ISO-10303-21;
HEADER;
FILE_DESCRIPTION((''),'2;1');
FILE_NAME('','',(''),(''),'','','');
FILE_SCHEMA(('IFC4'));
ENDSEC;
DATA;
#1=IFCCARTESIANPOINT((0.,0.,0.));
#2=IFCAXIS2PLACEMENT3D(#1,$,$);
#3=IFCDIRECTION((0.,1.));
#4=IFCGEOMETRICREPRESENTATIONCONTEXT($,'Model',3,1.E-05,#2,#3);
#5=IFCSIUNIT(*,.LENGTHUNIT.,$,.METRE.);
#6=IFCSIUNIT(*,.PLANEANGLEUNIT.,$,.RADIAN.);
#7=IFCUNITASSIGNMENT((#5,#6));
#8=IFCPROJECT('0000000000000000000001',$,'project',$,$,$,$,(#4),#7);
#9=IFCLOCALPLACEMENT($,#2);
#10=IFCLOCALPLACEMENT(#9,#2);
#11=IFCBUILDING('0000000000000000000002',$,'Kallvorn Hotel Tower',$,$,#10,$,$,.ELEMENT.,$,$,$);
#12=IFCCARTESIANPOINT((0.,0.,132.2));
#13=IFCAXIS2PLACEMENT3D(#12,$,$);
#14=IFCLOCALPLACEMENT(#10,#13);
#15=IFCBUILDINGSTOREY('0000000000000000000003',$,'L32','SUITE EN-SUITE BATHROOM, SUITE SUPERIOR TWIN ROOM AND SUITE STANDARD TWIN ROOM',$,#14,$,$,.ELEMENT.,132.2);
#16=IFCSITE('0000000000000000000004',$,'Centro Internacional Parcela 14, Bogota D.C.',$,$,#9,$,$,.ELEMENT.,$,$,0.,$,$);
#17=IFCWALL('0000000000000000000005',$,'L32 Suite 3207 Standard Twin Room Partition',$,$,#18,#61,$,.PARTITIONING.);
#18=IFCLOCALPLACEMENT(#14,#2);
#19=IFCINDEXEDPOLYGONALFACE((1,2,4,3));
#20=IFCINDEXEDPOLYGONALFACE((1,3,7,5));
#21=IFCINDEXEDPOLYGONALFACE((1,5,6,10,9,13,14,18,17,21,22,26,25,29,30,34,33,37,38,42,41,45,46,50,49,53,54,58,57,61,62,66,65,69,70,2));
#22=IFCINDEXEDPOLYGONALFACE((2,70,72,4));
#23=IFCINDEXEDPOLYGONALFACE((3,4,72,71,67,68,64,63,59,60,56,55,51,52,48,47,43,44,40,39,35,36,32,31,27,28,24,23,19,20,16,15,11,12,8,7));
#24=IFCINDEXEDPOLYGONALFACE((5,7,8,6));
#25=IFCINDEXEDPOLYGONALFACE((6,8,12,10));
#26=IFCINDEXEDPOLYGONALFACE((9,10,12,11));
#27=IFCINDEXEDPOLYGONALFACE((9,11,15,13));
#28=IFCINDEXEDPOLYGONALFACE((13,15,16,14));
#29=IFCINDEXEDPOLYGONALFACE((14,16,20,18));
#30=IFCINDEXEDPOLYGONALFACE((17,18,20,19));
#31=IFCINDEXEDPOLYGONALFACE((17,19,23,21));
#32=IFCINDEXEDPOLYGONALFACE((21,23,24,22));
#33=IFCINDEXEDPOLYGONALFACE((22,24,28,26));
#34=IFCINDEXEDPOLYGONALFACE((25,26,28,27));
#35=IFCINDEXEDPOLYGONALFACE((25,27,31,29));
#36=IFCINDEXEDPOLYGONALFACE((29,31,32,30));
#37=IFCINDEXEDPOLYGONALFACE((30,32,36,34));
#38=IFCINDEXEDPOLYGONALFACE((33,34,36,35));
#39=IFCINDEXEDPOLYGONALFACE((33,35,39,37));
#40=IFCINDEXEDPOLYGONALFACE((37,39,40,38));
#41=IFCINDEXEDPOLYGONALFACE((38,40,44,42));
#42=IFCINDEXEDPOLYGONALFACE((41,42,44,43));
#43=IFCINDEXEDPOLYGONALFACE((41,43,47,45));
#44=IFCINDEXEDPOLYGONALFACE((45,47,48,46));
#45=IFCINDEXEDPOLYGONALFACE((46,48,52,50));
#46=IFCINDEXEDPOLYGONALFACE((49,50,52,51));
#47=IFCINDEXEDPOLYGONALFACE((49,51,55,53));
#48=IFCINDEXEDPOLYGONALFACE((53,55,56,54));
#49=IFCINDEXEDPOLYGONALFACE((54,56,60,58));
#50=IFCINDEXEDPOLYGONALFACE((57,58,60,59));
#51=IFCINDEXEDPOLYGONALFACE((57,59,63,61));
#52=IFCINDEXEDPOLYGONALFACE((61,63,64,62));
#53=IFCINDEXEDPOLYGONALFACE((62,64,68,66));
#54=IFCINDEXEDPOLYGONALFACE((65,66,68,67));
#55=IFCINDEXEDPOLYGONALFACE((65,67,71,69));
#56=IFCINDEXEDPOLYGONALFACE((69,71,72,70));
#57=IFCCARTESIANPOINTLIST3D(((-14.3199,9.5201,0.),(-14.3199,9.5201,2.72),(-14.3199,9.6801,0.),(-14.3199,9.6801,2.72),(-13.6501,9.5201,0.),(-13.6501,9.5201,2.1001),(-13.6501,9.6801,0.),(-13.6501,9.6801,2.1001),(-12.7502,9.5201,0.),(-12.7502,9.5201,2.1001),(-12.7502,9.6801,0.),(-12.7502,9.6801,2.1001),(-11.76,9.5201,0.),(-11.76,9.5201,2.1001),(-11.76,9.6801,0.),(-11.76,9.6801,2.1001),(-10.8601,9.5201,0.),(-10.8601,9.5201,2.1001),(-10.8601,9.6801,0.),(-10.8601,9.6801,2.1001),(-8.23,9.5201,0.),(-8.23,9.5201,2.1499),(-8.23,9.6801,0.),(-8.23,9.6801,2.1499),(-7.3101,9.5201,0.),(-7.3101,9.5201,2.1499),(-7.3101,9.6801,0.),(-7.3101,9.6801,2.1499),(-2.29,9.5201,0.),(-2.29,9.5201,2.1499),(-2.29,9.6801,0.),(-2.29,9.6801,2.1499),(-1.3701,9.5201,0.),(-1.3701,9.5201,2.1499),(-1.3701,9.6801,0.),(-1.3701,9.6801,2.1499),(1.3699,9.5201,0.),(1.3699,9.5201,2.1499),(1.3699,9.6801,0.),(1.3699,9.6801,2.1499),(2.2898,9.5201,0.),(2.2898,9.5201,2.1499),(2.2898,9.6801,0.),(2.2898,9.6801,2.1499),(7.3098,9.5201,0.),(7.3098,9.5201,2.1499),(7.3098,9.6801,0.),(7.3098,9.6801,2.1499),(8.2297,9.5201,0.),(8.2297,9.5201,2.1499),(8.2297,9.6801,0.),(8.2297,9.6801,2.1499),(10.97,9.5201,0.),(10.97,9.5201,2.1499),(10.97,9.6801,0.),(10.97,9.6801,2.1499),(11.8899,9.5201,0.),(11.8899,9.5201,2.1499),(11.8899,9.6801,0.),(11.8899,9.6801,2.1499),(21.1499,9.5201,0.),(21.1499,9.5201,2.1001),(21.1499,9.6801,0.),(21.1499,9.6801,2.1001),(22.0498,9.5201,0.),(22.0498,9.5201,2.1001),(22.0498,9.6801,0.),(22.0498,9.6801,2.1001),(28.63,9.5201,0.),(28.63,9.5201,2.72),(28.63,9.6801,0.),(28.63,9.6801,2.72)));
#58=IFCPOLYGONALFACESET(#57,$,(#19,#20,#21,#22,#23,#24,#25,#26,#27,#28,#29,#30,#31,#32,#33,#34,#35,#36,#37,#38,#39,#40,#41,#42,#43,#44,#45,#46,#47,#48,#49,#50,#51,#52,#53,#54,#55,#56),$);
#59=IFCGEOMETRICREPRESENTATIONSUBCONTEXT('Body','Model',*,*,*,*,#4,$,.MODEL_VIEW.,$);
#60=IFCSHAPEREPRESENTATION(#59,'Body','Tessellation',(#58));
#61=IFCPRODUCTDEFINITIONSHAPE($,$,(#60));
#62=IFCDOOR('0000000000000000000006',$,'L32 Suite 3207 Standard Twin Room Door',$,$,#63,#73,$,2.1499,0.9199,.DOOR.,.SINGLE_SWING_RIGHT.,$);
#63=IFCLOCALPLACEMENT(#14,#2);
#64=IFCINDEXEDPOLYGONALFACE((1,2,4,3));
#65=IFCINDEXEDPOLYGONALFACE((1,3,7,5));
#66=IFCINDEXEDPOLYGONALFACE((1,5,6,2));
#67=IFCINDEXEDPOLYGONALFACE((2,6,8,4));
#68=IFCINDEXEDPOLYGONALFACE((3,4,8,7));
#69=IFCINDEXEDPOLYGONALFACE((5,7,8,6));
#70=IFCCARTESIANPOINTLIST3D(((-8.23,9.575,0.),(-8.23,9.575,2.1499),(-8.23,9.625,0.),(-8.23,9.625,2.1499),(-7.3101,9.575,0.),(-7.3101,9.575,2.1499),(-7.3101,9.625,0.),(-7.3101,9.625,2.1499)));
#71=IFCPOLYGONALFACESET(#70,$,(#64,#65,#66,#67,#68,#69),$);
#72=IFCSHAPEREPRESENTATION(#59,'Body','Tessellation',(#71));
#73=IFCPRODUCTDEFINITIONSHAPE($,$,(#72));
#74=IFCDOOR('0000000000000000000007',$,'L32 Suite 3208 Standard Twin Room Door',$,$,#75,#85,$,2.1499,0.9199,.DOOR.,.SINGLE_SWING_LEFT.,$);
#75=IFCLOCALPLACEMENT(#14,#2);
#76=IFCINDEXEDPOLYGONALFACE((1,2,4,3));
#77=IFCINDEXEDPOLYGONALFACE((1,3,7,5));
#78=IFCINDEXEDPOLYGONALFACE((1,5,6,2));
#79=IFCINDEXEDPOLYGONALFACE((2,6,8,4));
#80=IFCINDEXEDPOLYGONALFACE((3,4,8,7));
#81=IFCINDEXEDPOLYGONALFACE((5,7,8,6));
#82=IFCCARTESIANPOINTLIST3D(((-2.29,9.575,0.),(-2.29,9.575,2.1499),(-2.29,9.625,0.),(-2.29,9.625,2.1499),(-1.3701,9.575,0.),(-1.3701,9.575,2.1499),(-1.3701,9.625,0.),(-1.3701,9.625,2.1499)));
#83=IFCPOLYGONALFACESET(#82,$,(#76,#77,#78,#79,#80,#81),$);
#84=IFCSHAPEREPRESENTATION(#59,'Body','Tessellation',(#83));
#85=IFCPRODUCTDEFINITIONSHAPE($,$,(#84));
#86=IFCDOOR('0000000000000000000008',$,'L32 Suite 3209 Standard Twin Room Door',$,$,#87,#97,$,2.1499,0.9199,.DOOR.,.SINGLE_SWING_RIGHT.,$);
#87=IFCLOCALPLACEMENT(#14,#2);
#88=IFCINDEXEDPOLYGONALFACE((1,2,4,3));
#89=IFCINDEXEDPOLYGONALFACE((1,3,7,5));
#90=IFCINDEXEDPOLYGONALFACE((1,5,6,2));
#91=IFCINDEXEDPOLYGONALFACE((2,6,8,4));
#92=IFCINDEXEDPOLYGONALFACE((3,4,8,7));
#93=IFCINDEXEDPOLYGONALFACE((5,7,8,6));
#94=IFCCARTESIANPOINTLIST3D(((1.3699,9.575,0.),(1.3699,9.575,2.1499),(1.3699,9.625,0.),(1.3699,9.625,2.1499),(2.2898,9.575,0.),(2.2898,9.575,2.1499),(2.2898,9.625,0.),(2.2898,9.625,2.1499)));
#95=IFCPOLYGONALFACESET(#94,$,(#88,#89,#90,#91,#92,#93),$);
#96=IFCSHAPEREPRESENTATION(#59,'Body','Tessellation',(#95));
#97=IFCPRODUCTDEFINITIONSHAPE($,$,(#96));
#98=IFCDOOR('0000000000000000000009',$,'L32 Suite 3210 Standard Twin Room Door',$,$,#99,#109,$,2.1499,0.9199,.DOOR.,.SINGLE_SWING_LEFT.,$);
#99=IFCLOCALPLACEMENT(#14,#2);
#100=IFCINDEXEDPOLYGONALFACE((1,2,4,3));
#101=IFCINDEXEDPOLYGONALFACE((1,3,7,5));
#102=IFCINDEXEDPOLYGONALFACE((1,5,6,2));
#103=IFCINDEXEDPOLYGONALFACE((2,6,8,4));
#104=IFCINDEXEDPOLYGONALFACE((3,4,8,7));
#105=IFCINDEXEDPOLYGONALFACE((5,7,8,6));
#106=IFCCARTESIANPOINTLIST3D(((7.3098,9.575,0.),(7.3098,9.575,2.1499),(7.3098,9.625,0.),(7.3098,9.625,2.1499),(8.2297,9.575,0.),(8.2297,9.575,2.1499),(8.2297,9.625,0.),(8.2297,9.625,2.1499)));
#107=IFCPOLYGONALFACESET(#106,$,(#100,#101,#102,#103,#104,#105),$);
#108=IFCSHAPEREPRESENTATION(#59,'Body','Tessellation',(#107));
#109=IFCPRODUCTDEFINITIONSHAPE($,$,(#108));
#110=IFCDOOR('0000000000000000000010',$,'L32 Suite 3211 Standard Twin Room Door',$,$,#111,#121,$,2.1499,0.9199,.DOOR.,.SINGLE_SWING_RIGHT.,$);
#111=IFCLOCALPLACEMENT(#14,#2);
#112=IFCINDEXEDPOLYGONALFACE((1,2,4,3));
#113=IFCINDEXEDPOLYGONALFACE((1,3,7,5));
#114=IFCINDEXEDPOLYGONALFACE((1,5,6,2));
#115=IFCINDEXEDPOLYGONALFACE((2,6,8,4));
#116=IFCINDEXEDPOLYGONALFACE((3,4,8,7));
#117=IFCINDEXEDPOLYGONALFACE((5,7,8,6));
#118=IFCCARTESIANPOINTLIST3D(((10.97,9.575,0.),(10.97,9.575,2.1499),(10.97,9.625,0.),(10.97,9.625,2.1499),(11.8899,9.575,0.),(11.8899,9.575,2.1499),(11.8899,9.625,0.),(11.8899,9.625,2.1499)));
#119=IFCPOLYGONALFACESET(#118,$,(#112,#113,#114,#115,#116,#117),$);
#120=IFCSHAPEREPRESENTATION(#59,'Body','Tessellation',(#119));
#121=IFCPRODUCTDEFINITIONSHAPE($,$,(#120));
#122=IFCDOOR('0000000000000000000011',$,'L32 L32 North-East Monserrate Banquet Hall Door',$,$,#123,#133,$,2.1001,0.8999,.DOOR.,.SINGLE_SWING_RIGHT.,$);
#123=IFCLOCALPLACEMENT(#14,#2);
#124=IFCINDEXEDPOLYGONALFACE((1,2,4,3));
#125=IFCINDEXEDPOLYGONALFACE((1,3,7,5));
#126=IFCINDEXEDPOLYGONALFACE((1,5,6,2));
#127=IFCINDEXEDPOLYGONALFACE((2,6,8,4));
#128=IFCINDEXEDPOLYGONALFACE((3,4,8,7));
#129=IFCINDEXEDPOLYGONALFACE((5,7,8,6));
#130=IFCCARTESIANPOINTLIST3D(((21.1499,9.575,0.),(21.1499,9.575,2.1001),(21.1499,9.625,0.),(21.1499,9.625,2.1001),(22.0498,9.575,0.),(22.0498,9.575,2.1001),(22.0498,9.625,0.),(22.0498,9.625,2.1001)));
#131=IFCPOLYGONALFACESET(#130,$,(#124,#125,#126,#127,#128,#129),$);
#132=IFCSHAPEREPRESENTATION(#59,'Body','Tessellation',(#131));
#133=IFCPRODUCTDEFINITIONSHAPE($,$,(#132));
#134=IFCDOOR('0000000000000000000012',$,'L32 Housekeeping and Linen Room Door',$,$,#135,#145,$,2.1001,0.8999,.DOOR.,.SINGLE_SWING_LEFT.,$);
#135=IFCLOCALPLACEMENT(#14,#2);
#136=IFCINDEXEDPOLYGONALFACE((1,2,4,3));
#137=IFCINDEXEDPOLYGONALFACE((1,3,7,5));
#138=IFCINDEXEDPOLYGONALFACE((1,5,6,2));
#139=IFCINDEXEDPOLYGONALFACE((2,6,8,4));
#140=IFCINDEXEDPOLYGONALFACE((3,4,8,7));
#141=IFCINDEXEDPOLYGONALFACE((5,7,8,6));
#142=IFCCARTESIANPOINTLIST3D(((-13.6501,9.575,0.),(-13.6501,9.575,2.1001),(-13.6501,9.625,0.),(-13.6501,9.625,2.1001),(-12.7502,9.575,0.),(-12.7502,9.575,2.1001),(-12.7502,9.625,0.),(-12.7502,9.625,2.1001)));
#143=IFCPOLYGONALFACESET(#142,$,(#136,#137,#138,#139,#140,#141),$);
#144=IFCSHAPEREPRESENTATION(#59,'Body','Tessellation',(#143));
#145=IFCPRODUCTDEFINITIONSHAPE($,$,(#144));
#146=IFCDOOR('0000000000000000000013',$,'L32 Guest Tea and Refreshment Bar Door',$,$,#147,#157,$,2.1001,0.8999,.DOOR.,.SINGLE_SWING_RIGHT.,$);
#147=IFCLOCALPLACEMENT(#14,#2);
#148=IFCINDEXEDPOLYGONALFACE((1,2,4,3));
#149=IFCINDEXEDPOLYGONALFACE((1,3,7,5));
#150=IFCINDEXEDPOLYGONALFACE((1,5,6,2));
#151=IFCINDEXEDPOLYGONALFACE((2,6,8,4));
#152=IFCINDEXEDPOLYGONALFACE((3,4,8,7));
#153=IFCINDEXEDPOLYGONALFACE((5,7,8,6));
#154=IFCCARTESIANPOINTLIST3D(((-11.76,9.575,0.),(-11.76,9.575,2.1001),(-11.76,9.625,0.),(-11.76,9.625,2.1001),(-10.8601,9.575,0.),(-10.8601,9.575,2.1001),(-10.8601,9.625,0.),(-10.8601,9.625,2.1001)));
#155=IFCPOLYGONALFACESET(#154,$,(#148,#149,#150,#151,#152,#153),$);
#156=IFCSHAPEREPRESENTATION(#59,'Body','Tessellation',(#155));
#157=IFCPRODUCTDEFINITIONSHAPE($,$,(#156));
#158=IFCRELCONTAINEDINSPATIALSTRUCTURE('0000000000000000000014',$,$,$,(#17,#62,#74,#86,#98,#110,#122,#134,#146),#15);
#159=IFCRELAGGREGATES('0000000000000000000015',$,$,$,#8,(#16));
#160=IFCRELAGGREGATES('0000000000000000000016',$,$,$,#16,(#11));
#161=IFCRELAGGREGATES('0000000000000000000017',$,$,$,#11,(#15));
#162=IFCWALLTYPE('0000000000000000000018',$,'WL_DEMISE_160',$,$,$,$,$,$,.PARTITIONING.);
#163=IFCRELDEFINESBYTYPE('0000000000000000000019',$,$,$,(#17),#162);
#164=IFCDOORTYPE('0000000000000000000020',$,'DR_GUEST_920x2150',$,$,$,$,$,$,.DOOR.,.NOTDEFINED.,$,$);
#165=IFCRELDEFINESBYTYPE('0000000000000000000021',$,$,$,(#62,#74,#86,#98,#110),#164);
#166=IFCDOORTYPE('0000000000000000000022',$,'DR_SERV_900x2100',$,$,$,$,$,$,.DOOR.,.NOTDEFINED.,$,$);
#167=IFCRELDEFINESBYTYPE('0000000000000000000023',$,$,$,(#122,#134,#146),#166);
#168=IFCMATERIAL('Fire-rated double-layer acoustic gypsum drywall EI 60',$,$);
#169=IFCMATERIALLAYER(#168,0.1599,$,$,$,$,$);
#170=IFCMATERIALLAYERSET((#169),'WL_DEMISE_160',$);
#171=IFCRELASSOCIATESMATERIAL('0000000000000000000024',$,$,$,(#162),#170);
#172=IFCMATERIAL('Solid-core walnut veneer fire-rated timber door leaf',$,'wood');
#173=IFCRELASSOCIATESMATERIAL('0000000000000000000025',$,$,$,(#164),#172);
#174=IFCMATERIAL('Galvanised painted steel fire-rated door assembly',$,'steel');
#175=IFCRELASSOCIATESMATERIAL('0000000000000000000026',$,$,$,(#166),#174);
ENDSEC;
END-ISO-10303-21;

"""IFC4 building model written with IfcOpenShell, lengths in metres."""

from ifc_helpers import new_model, si_unit, direction, frame, frame_2d, origin, place, context, subcontext, project, spatial, rectangle, extrude, material, layer, layer_set, type_object, element, fill, save


model = new_model("IFC4")

# Units and contexts
model_context = context("Model", 3, precision=1e-05, world=origin(), true_north=direction((0.0, 1.0)))
body_context = subcontext(model_context, "Body", "Model", "MODEL_VIEW")
ifc_project = project(units=[si_unit("LENGTHUNIT", "METRE"), si_unit("PLANEANGLEUNIT", "RADIAN")], contexts=[model_context])

# Site, building, storey
site_placement = place(None, origin())
site = spatial("IfcSite", under=ifc_project, at=site_placement, Name="Centro Internacional Parcela 14, Bogota D.C.", CompositionType="ELEMENT", RefElevation=0.0)
building_placement = place(site_placement, origin())
building = spatial("IfcBuilding", under=site, at=building_placement, Name="Kallvorn Hotel Tower", CompositionType="ELEMENT")
storey_placement = place(building_placement, frame((0.0, 0.0, 132.2)))
storey = spatial("IfcBuildingStorey", under=building, at=storey_placement, Name="L32", Description="SUITE EN-SUITE BATHROOM, SUITE SUPERIOR TWIN ROOM AND SUITE STANDARD TWIN ROOM", CompositionType="ELEMENT", Elevation=132.2)

# Wall, openings, doors
ifc_material_1 = material(Name="Fire-rated double-layer acoustic gypsum drywall EI 60")
ifc_layer_1 = layer(ifc_material_1, 0.1599)
ifc_layer_set_1 = layer_set([ifc_layer_1], Name="WL_DEMISE_160")
wall_type_1 = type_object("IfcWallType", Name="WL_DEMISE_160", PredefinedType="PARTITIONING", material=ifc_layer_set_1)
wall_1_placement = place(storey_placement, frame((-14.3201, 9.6001, 0.0), z_axis=(0.0, 0.0, 1.0), x_axis=(1.0, 0.0, 0.0)))
wall_1 = element("IfcWall", 1, at=wall_1_placement, inside=storey, type_object=wall_type_1, Name="L32 Suite 3207 Standard Twin Room Partition", PredefinedType="PARTITIONING", context=body_context, shape_type="SweptSolid", body=[
    extrude(rectangle(XDim=42.95, YDim=0.1599, at=frame_2d((21.4751, 0.0))), origin(), (0.0, 0.0, 1.0), 2.72),
])
opening_1_placement = place(wall_1_placement, frame((35.47, 0.0, 0.0)))
opening_1 = element("IfcOpeningElement", 2, at=opening_1_placement, cuts=wall_1, PredefinedType="OPENING", context=body_context, shape_type="SweptSolid", body=[
    extrude(rectangle(XDim=0.8999, YDim=2.1001, at=frame_2d((0.45, 1.05))), frame((0.0, 0.095, 0.0), z_axis=(0.0, -1.0, 0.0), x_axis=(1.0, 0.0, 0.0)), (0.0, 0.0, 1.0), 0.1899),
])
opening_2_placement = place(wall_1_placement, frame((0.6699, 0.0, 0.0)))
opening_2 = element("IfcOpeningElement", 3, at=opening_2_placement, cuts=wall_1, PredefinedType="OPENING", context=body_context, shape_type="SweptSolid", body=[
    extrude(rectangle(XDim=0.8999, YDim=2.1001, at=frame_2d((0.45, 1.05))), frame((0.0, 0.095, 0.0), z_axis=(0.0, -1.0, 0.0), x_axis=(1.0, 0.0, 0.0)), (0.0, 0.0, 1.0), 0.1899),
])
opening_3_placement = place(wall_1_placement, frame((2.5601, 0.0, 0.0)))
opening_3 = element("IfcOpeningElement", 4, at=opening_3_placement, cuts=wall_1, PredefinedType="OPENING", context=body_context, shape_type="SweptSolid", body=[
    extrude(rectangle(XDim=0.8999, YDim=2.1001, at=frame_2d((0.45, 1.05))), frame((0.0, 0.095, 0.0), z_axis=(0.0, -1.0, 0.0), x_axis=(1.0, 0.0, 0.0)), (0.0, 0.0, 1.0), 0.1899),
])
opening_4_placement = place(wall_1_placement, frame((6.0901, 0.0, 0.0)))
opening_4 = element("IfcOpeningElement", 5, at=opening_4_placement, cuts=wall_1, PredefinedType="OPENING", context=body_context, shape_type="SweptSolid", body=[
    extrude(rectangle(XDim=0.9199, YDim=2.1499, at=frame_2d((0.46, 1.075))), frame((0.0, 0.095, 0.0), z_axis=(0.0, -1.0, 0.0), x_axis=(1.0, 0.0, 0.0)), (0.0, 0.0, 1.0), 0.1899),
])
opening_5_placement = place(wall_1_placement, frame((12.03, 0.0, 0.0)))
opening_5 = element("IfcOpeningElement", 6, at=opening_5_placement, cuts=wall_1, PredefinedType="OPENING", context=body_context, shape_type="SweptSolid", body=[
    extrude(rectangle(XDim=0.9199, YDim=2.1499, at=frame_2d((0.46, 1.075))), frame((0.0, 0.095, 0.0), z_axis=(0.0, -1.0, 0.0), x_axis=(1.0, 0.0, 0.0)), (0.0, 0.0, 1.0), 0.1899),
])
opening_6_placement = place(wall_1_placement, frame((15.6899, 0.0, 0.0)))
opening_6 = element("IfcOpeningElement", 7, at=opening_6_placement, cuts=wall_1, PredefinedType="OPENING", context=body_context, shape_type="SweptSolid", body=[
    extrude(rectangle(XDim=0.9199, YDim=2.1499, at=frame_2d((0.46, 1.075))), frame((0.0, 0.095, 0.0), z_axis=(0.0, -1.0, 0.0), x_axis=(1.0, 0.0, 0.0)), (0.0, 0.0, 1.0), 0.1899),
])
opening_7_placement = place(wall_1_placement, frame((21.6299, 0.0, 0.0)))
opening_7 = element("IfcOpeningElement", 8, at=opening_7_placement, cuts=wall_1, PredefinedType="OPENING", context=body_context, shape_type="SweptSolid", body=[
    extrude(rectangle(XDim=0.9199, YDim=2.1499, at=frame_2d((0.46, 1.075))), frame((0.0, 0.095, 0.0), z_axis=(0.0, -1.0, 0.0), x_axis=(1.0, 0.0, 0.0)), (0.0, 0.0, 1.0), 0.1899),
])
opening_8_placement = place(wall_1_placement, frame((25.29, 0.0, 0.0)))
opening_8 = element("IfcOpeningElement", 9, at=opening_8_placement, cuts=wall_1, PredefinedType="OPENING", context=body_context, shape_type="SweptSolid", body=[
    extrude(rectangle(XDim=0.9199, YDim=2.1499, at=frame_2d((0.46, 1.075))), frame((0.0, 0.095, 0.0), z_axis=(0.0, -1.0, 0.0), x_axis=(1.0, 0.0, 0.0)), (0.0, 0.0, 1.0), 0.1899),
])
ifc_material_2 = material(Name="Solid-core walnut veneer fire-rated timber door leaf", Category="wood")
door_type_1 = type_object("IfcDoorType", Name="DR_GUEST_920x2150", OperationType="NOTDEFINED", PredefinedType="DOOR", material=ifc_material_2)
door_1_placement = place(opening_4_placement, origin())
door_1 = element("IfcDoor", 10, at=door_1_placement, inside=storey, type_object=door_type_1, Name="L32 Suite 3207 Standard Twin Room Door", OperationType="SINGLE_SWING_RIGHT", OverallHeight=2.1499, OverallWidth=0.9199, PredefinedType="DOOR", context=body_context, shape_type="SweptSolid", body=[
    extrude(rectangle(XDim=0.9199, YDim=2.1499, at=frame_2d((0.46, 1.075))), frame((0.0, 0.0249, 0.0), z_axis=(0.0, -1.0, 0.0), x_axis=(1.0, 0.0, 0.0)), (0.0, 0.0, 1.0), 0.05),
])
fill(opening_4, door_1)
door_2_placement = place(opening_5_placement, origin())
door_2 = element("IfcDoor", 11, at=door_2_placement, inside=storey, type_object=door_type_1, Name="L32 Suite 3208 Standard Twin Room Door", OperationType="SINGLE_SWING_LEFT", OverallHeight=2.1499, OverallWidth=0.9199, PredefinedType="DOOR", context=body_context, shape_type="SweptSolid", body=[
    extrude(rectangle(XDim=0.9199, YDim=2.1499, at=frame_2d((0.46, 1.075))), frame((0.0, 0.0249, 0.0), z_axis=(0.0, -1.0, 0.0), x_axis=(1.0, 0.0, 0.0)), (0.0, 0.0, 1.0), 0.05),
])
fill(opening_5, door_2)
door_3_placement = place(opening_6_placement, origin())
door_3 = element("IfcDoor", 12, at=door_3_placement, inside=storey, type_object=door_type_1, Name="L32 Suite 3209 Standard Twin Room Door", OperationType="SINGLE_SWING_RIGHT", OverallHeight=2.1499, OverallWidth=0.9199, PredefinedType="DOOR", context=body_context, shape_type="SweptSolid", body=[
    extrude(rectangle(XDim=0.9199, YDim=2.1499, at=frame_2d((0.46, 1.075))), frame((0.0, 0.0249, 0.0), z_axis=(0.0, -1.0, 0.0), x_axis=(1.0, 0.0, 0.0)), (0.0, 0.0, 1.0), 0.05),
])
fill(opening_6, door_3)
door_4_placement = place(opening_7_placement, origin())
door_4 = element("IfcDoor", 13, at=door_4_placement, inside=storey, type_object=door_type_1, Name="L32 Suite 3210 Standard Twin Room Door", OperationType="SINGLE_SWING_LEFT", OverallHeight=2.1499, OverallWidth=0.9199, PredefinedType="DOOR", context=body_context, shape_type="SweptSolid", body=[
    extrude(rectangle(XDim=0.9199, YDim=2.1499, at=frame_2d((0.46, 1.075))), frame((0.0, 0.0249, 0.0), z_axis=(0.0, -1.0, 0.0), x_axis=(1.0, 0.0, 0.0)), (0.0, 0.0, 1.0), 0.05),
])
fill(opening_7, door_4)
door_5_placement = place(opening_8_placement, origin())
door_5 = element("IfcDoor", 14, at=door_5_placement, inside=storey, type_object=door_type_1, Name="L32 Suite 3211 Standard Twin Room Door", OperationType="SINGLE_SWING_RIGHT", OverallHeight=2.1499, OverallWidth=0.9199, PredefinedType="DOOR", context=body_context, shape_type="SweptSolid", body=[
    extrude(rectangle(XDim=0.9199, YDim=2.1499, at=frame_2d((0.46, 1.075))), frame((0.0, 0.0249, 0.0), z_axis=(0.0, -1.0, 0.0), x_axis=(1.0, 0.0, 0.0)), (0.0, 0.0, 1.0), 0.05),
])
fill(opening_8, door_5)
ifc_material_3 = material(Name="Galvanised painted steel fire-rated door assembly", Category="steel")
door_type_2 = type_object("IfcDoorType", Name="DR_SERV_900x2100", OperationType="NOTDEFINED", PredefinedType="DOOR", material=ifc_material_3)
door_6_placement = place(opening_1_placement, origin())
door_6 = element("IfcDoor", 15, at=door_6_placement, inside=storey, type_object=door_type_2, Name="L32 L32 North-East Monserrate Banquet Hall Door", OperationType="SINGLE_SWING_RIGHT", OverallHeight=2.1001, OverallWidth=0.8999, PredefinedType="DOOR", context=body_context, shape_type="SweptSolid", body=[
    extrude(rectangle(XDim=0.8999, YDim=2.1001, at=frame_2d((0.45, 1.05))), frame((0.0, 0.0249, 0.0), z_axis=(0.0, -1.0, 0.0), x_axis=(1.0, 0.0, 0.0)), (0.0, 0.0, 1.0), 0.05),
])
fill(opening_1, door_6)
door_7_placement = place(opening_2_placement, origin())
door_7 = element("IfcDoor", 16, at=door_7_placement, inside=storey, type_object=door_type_2, Name="L32 Housekeeping and Linen Room Door", OperationType="SINGLE_SWING_LEFT", OverallHeight=2.1001, OverallWidth=0.8999, PredefinedType="DOOR", context=body_context, shape_type="SweptSolid", body=[
    extrude(rectangle(XDim=0.8999, YDim=2.1001, at=frame_2d((0.45, 1.05))), frame((0.0, 0.0249, 0.0), z_axis=(0.0, -1.0, 0.0), x_axis=(1.0, 0.0, 0.0)), (0.0, 0.0, 1.0), 0.05),
])
fill(opening_2, door_7)
door_8_placement = place(opening_3_placement, origin())
door_8 = element("IfcDoor", 17, at=door_8_placement, inside=storey, type_object=door_type_2, Name="L32 Guest Tea and Refreshment Bar Door", OperationType="SINGLE_SWING_RIGHT", OverallHeight=2.1001, OverallWidth=0.8999, PredefinedType="DOOR", context=body_context, shape_type="SweptSolid", body=[
    extrude(rectangle(XDim=0.8999, YDim=2.1001, at=frame_2d((0.45, 1.05))), frame((0.0, 0.0249, 0.0), z_axis=(0.0, -1.0, 0.0), x_axis=(1.0, 0.0, 0.0)), (0.0, 0.0, 1.0), 0.05),
])
fill(opening_3, door_8)

save(model, "model.ifc")
